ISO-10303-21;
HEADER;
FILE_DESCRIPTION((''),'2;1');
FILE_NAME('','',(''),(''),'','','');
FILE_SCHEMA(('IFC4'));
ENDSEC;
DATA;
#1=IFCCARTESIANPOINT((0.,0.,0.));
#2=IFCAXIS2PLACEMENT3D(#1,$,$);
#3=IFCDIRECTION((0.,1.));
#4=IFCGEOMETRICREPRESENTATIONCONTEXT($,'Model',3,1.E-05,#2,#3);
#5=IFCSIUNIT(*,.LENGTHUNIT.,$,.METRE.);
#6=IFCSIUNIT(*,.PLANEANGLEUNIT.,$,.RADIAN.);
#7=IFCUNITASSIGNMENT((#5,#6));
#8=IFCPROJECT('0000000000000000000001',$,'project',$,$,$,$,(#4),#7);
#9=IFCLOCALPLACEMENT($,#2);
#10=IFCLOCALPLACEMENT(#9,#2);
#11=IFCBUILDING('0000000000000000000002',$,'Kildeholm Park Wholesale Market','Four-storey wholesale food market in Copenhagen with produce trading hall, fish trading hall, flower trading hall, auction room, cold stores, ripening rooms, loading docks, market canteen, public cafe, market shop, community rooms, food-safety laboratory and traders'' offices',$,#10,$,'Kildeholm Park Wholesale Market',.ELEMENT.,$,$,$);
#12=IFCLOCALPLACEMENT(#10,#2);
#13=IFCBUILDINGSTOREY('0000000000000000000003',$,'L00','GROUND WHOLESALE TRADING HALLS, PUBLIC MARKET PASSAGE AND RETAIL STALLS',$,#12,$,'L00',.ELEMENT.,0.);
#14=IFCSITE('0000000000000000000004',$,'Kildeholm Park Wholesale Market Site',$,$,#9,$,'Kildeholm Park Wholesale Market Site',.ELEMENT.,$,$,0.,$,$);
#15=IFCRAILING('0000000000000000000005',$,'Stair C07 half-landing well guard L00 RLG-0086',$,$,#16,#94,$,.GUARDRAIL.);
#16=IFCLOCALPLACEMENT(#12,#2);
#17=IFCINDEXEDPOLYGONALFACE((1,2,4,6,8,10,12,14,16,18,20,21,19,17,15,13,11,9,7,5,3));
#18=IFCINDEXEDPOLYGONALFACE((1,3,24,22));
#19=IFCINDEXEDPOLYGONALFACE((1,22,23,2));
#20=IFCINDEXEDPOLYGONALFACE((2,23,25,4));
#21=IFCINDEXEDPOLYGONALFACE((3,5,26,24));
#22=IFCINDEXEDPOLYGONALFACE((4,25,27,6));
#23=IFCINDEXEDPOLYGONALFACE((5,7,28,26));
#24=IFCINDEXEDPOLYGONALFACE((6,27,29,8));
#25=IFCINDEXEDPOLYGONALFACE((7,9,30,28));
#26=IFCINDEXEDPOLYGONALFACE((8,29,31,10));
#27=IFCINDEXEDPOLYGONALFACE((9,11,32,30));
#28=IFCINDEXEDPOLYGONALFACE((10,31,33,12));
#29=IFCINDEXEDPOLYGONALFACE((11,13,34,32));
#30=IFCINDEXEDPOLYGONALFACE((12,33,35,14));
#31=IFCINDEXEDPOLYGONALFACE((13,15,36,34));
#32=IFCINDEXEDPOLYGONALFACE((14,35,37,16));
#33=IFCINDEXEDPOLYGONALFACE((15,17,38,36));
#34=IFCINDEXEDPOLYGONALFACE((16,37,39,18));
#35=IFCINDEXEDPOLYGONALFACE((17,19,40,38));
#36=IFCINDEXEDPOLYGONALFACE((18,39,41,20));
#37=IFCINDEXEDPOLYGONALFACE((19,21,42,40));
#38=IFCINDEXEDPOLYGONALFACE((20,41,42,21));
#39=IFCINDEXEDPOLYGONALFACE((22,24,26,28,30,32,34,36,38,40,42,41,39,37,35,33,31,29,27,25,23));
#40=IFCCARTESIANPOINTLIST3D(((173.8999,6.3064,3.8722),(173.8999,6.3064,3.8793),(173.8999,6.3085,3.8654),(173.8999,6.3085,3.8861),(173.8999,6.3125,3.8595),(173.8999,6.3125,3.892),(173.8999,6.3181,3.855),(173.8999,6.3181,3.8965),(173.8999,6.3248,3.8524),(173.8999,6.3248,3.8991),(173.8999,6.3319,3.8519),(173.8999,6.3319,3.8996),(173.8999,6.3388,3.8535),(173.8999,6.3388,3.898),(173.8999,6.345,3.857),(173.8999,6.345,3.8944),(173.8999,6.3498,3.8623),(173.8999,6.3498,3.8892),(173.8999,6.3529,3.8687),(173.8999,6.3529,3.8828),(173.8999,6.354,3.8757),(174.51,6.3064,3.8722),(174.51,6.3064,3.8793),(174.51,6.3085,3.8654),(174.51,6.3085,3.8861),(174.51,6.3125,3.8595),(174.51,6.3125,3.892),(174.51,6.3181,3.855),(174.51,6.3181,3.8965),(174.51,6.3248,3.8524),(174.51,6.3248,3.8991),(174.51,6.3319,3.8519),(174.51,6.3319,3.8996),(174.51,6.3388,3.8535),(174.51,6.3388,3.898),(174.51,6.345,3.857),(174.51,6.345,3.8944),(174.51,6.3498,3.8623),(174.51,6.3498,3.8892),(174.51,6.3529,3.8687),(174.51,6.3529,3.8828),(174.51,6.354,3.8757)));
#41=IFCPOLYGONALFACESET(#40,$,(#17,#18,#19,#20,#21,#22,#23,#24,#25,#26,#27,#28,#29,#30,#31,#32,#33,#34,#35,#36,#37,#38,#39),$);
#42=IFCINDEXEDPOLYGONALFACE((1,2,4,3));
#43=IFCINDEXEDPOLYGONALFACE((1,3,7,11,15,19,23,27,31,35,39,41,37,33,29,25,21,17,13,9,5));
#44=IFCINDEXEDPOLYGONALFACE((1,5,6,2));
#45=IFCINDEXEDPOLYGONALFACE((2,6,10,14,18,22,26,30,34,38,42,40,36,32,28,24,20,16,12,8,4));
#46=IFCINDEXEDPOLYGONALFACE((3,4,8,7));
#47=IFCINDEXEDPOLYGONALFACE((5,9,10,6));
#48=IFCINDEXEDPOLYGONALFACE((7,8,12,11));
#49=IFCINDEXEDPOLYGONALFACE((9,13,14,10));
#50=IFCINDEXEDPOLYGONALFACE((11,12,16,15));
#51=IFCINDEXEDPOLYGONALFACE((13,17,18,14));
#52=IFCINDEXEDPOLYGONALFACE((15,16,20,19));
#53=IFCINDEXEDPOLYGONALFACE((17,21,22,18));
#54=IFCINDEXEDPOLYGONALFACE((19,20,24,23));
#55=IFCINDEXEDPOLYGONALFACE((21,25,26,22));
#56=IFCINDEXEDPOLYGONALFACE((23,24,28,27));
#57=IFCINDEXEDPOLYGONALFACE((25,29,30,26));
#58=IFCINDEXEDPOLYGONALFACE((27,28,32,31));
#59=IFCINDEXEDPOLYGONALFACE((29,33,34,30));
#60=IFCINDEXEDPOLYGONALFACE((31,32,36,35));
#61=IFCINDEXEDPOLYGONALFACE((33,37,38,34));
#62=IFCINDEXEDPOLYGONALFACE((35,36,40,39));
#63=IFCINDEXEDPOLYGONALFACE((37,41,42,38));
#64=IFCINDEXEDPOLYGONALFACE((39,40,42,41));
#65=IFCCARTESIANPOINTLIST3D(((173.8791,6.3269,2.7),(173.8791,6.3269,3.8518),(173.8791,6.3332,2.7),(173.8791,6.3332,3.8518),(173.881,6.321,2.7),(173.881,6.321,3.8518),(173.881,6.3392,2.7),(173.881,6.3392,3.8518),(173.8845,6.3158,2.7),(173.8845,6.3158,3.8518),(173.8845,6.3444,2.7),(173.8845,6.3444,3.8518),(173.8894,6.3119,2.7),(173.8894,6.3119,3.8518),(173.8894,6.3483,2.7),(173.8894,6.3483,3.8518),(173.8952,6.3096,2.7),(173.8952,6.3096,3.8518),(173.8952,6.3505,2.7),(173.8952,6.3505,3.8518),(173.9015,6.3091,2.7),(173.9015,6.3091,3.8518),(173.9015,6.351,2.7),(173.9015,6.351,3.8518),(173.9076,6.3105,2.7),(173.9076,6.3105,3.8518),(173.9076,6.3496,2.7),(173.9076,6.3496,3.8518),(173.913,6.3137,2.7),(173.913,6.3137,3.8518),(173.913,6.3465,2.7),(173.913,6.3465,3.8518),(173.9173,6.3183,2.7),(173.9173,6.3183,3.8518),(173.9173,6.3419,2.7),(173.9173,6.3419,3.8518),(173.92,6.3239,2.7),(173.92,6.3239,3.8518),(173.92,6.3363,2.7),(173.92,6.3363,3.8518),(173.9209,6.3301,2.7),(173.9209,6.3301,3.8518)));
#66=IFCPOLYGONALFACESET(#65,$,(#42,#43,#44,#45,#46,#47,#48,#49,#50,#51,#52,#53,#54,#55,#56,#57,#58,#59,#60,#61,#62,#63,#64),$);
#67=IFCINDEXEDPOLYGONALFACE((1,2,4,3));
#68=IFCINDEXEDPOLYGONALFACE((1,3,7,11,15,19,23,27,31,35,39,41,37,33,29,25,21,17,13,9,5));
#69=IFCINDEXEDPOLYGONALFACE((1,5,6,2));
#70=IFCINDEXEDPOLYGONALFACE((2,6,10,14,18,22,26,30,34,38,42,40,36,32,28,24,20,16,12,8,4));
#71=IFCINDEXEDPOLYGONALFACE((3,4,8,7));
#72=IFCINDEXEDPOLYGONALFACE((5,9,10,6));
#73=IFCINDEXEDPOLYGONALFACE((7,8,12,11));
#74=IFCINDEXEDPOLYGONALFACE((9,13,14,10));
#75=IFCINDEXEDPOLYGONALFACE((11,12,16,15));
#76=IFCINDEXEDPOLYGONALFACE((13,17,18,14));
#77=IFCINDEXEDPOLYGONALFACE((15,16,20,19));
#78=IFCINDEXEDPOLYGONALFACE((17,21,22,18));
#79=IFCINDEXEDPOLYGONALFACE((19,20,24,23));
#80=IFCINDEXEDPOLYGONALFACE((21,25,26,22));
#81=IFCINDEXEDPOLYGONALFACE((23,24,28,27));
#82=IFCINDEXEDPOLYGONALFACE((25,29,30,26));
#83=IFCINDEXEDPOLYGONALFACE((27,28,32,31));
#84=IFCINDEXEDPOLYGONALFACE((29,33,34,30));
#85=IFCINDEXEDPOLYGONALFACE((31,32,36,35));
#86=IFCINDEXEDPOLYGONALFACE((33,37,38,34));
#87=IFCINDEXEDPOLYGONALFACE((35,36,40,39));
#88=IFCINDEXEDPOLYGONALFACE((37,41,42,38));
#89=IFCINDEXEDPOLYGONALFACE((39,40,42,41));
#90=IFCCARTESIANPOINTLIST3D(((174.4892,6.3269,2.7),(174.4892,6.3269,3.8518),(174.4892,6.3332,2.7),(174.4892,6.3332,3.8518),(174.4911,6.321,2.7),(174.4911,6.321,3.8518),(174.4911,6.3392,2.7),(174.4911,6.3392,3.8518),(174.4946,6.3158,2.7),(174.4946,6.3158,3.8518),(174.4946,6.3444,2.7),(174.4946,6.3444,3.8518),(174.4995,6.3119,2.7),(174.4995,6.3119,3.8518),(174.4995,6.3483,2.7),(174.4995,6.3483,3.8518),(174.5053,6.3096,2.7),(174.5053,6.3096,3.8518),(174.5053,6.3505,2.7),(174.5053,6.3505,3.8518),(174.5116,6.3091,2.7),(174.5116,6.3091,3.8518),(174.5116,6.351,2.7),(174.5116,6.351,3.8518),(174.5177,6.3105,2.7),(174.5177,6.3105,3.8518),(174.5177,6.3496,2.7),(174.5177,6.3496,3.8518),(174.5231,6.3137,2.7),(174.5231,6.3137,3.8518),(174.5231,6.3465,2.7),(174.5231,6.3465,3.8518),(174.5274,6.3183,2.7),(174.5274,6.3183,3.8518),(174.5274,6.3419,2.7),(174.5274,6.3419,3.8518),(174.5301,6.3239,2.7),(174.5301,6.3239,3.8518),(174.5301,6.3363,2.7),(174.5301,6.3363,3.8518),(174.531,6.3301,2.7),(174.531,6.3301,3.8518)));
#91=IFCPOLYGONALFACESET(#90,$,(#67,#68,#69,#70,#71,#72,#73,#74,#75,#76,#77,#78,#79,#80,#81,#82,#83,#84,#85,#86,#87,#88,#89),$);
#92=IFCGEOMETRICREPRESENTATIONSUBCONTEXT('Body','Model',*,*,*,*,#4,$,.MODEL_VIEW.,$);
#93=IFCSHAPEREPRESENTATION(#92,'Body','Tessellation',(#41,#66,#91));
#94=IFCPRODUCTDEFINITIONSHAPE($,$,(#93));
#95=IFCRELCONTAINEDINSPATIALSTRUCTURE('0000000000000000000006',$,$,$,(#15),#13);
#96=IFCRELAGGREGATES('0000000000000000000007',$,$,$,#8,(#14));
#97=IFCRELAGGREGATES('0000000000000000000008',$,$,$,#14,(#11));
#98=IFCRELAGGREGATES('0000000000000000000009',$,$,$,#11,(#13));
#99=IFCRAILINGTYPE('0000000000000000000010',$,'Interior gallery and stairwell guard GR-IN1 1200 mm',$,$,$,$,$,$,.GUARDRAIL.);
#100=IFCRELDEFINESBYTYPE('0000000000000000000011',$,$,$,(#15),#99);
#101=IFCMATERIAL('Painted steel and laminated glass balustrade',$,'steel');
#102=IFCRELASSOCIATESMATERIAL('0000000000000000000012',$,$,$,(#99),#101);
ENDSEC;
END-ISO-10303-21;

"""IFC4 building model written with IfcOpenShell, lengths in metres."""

from ifc_helpers import new_model, si_unit, direction, frame, origin, origin_2d, place, context, subcontext, project, spatial, circle, extrude, material, type_object, element, save


model = new_model("IFC4")

# Units and contexts
model_context = context("Model", 3, precision=1e-05, world=origin(), true_north=direction((0.0, 1.0)))
body_context = subcontext(model_context, "Body", "Model", "MODEL_VIEW")
ifc_project = project(units=[si_unit("LENGTHUNIT", "METRE"), si_unit("PLANEANGLEUNIT", "RADIAN")], contexts=[model_context])

# Site, building, storey
site_placement = place(None, origin())
site = spatial("IfcSite", under=ifc_project, at=site_placement, Name="Kildeholm Park Wholesale Market Site", LongName="Kildeholm Park Wholesale Market Site", CompositionType="ELEMENT", RefElevation=0.0)
building_placement = place(site_placement, origin())
building = spatial("IfcBuilding", under=site, at=building_placement, Name="Kildeholm Park Wholesale Market", Description="Four-storey wholesale food market in Copenhagen with produce trading hall, fish trading hall, flower trading hall, auction room, cold stores, ripening rooms, loading docks, market canteen, public cafe, market shop, community rooms, food-safety laboratory and traders' offices", LongName="Kildeholm Park Wholesale Market", CompositionType="ELEMENT")
storey_placement = place(building_placement, origin())
storey = spatial("IfcBuildingStorey", under=building, at=storey_placement, Name="L00", Description="GROUND WHOLESALE TRADING HALLS, PUBLIC MARKET PASSAGE AND RETAIL STALLS", LongName="L00", CompositionType="ELEMENT", Elevation=0.0)

# Railing
ifc_material_1 = material(Name="Painted steel and laminated glass balustrade", Category="steel")
railing_type_1 = type_object("IfcRailingType", Name="Interior gallery and stairwell guard GR-IN1 1200 mm", PredefinedType="GUARDRAIL", material=ifc_material_1)
railing_1_placement = place(storey_placement, frame((173.8999, 6.3301, 2.7)))
element("IfcRailing", 1, at=railing_1_placement, inside=storey, type_object=railing_type_1, Name="Stair C07 half-landing well guard L00 RLG-0086", PredefinedType="GUARDRAIL", context=body_context, shape_type="SweptSolid", body=[
    extrude(circle(Radius=0.0239, at=origin_2d()), frame((0.0, 0.0, 1.1758), z_axis=(1.0, 0.0, 0.0), x_axis=(0.0, 1.0, 0.0)), (0.0, 0.0, 1.0), 0.6101),
    extrude(circle(Radius=0.021, at=origin_2d()), origin(), (0.0, 0.0, 1.0), 1.1519),
    extrude(circle(Radius=0.021, at=origin_2d()), frame((0.6101, 0.0, 0.0)), (0.0, 0.0, 1.0), 1.1519),
])

save(model, "model.ifc")
